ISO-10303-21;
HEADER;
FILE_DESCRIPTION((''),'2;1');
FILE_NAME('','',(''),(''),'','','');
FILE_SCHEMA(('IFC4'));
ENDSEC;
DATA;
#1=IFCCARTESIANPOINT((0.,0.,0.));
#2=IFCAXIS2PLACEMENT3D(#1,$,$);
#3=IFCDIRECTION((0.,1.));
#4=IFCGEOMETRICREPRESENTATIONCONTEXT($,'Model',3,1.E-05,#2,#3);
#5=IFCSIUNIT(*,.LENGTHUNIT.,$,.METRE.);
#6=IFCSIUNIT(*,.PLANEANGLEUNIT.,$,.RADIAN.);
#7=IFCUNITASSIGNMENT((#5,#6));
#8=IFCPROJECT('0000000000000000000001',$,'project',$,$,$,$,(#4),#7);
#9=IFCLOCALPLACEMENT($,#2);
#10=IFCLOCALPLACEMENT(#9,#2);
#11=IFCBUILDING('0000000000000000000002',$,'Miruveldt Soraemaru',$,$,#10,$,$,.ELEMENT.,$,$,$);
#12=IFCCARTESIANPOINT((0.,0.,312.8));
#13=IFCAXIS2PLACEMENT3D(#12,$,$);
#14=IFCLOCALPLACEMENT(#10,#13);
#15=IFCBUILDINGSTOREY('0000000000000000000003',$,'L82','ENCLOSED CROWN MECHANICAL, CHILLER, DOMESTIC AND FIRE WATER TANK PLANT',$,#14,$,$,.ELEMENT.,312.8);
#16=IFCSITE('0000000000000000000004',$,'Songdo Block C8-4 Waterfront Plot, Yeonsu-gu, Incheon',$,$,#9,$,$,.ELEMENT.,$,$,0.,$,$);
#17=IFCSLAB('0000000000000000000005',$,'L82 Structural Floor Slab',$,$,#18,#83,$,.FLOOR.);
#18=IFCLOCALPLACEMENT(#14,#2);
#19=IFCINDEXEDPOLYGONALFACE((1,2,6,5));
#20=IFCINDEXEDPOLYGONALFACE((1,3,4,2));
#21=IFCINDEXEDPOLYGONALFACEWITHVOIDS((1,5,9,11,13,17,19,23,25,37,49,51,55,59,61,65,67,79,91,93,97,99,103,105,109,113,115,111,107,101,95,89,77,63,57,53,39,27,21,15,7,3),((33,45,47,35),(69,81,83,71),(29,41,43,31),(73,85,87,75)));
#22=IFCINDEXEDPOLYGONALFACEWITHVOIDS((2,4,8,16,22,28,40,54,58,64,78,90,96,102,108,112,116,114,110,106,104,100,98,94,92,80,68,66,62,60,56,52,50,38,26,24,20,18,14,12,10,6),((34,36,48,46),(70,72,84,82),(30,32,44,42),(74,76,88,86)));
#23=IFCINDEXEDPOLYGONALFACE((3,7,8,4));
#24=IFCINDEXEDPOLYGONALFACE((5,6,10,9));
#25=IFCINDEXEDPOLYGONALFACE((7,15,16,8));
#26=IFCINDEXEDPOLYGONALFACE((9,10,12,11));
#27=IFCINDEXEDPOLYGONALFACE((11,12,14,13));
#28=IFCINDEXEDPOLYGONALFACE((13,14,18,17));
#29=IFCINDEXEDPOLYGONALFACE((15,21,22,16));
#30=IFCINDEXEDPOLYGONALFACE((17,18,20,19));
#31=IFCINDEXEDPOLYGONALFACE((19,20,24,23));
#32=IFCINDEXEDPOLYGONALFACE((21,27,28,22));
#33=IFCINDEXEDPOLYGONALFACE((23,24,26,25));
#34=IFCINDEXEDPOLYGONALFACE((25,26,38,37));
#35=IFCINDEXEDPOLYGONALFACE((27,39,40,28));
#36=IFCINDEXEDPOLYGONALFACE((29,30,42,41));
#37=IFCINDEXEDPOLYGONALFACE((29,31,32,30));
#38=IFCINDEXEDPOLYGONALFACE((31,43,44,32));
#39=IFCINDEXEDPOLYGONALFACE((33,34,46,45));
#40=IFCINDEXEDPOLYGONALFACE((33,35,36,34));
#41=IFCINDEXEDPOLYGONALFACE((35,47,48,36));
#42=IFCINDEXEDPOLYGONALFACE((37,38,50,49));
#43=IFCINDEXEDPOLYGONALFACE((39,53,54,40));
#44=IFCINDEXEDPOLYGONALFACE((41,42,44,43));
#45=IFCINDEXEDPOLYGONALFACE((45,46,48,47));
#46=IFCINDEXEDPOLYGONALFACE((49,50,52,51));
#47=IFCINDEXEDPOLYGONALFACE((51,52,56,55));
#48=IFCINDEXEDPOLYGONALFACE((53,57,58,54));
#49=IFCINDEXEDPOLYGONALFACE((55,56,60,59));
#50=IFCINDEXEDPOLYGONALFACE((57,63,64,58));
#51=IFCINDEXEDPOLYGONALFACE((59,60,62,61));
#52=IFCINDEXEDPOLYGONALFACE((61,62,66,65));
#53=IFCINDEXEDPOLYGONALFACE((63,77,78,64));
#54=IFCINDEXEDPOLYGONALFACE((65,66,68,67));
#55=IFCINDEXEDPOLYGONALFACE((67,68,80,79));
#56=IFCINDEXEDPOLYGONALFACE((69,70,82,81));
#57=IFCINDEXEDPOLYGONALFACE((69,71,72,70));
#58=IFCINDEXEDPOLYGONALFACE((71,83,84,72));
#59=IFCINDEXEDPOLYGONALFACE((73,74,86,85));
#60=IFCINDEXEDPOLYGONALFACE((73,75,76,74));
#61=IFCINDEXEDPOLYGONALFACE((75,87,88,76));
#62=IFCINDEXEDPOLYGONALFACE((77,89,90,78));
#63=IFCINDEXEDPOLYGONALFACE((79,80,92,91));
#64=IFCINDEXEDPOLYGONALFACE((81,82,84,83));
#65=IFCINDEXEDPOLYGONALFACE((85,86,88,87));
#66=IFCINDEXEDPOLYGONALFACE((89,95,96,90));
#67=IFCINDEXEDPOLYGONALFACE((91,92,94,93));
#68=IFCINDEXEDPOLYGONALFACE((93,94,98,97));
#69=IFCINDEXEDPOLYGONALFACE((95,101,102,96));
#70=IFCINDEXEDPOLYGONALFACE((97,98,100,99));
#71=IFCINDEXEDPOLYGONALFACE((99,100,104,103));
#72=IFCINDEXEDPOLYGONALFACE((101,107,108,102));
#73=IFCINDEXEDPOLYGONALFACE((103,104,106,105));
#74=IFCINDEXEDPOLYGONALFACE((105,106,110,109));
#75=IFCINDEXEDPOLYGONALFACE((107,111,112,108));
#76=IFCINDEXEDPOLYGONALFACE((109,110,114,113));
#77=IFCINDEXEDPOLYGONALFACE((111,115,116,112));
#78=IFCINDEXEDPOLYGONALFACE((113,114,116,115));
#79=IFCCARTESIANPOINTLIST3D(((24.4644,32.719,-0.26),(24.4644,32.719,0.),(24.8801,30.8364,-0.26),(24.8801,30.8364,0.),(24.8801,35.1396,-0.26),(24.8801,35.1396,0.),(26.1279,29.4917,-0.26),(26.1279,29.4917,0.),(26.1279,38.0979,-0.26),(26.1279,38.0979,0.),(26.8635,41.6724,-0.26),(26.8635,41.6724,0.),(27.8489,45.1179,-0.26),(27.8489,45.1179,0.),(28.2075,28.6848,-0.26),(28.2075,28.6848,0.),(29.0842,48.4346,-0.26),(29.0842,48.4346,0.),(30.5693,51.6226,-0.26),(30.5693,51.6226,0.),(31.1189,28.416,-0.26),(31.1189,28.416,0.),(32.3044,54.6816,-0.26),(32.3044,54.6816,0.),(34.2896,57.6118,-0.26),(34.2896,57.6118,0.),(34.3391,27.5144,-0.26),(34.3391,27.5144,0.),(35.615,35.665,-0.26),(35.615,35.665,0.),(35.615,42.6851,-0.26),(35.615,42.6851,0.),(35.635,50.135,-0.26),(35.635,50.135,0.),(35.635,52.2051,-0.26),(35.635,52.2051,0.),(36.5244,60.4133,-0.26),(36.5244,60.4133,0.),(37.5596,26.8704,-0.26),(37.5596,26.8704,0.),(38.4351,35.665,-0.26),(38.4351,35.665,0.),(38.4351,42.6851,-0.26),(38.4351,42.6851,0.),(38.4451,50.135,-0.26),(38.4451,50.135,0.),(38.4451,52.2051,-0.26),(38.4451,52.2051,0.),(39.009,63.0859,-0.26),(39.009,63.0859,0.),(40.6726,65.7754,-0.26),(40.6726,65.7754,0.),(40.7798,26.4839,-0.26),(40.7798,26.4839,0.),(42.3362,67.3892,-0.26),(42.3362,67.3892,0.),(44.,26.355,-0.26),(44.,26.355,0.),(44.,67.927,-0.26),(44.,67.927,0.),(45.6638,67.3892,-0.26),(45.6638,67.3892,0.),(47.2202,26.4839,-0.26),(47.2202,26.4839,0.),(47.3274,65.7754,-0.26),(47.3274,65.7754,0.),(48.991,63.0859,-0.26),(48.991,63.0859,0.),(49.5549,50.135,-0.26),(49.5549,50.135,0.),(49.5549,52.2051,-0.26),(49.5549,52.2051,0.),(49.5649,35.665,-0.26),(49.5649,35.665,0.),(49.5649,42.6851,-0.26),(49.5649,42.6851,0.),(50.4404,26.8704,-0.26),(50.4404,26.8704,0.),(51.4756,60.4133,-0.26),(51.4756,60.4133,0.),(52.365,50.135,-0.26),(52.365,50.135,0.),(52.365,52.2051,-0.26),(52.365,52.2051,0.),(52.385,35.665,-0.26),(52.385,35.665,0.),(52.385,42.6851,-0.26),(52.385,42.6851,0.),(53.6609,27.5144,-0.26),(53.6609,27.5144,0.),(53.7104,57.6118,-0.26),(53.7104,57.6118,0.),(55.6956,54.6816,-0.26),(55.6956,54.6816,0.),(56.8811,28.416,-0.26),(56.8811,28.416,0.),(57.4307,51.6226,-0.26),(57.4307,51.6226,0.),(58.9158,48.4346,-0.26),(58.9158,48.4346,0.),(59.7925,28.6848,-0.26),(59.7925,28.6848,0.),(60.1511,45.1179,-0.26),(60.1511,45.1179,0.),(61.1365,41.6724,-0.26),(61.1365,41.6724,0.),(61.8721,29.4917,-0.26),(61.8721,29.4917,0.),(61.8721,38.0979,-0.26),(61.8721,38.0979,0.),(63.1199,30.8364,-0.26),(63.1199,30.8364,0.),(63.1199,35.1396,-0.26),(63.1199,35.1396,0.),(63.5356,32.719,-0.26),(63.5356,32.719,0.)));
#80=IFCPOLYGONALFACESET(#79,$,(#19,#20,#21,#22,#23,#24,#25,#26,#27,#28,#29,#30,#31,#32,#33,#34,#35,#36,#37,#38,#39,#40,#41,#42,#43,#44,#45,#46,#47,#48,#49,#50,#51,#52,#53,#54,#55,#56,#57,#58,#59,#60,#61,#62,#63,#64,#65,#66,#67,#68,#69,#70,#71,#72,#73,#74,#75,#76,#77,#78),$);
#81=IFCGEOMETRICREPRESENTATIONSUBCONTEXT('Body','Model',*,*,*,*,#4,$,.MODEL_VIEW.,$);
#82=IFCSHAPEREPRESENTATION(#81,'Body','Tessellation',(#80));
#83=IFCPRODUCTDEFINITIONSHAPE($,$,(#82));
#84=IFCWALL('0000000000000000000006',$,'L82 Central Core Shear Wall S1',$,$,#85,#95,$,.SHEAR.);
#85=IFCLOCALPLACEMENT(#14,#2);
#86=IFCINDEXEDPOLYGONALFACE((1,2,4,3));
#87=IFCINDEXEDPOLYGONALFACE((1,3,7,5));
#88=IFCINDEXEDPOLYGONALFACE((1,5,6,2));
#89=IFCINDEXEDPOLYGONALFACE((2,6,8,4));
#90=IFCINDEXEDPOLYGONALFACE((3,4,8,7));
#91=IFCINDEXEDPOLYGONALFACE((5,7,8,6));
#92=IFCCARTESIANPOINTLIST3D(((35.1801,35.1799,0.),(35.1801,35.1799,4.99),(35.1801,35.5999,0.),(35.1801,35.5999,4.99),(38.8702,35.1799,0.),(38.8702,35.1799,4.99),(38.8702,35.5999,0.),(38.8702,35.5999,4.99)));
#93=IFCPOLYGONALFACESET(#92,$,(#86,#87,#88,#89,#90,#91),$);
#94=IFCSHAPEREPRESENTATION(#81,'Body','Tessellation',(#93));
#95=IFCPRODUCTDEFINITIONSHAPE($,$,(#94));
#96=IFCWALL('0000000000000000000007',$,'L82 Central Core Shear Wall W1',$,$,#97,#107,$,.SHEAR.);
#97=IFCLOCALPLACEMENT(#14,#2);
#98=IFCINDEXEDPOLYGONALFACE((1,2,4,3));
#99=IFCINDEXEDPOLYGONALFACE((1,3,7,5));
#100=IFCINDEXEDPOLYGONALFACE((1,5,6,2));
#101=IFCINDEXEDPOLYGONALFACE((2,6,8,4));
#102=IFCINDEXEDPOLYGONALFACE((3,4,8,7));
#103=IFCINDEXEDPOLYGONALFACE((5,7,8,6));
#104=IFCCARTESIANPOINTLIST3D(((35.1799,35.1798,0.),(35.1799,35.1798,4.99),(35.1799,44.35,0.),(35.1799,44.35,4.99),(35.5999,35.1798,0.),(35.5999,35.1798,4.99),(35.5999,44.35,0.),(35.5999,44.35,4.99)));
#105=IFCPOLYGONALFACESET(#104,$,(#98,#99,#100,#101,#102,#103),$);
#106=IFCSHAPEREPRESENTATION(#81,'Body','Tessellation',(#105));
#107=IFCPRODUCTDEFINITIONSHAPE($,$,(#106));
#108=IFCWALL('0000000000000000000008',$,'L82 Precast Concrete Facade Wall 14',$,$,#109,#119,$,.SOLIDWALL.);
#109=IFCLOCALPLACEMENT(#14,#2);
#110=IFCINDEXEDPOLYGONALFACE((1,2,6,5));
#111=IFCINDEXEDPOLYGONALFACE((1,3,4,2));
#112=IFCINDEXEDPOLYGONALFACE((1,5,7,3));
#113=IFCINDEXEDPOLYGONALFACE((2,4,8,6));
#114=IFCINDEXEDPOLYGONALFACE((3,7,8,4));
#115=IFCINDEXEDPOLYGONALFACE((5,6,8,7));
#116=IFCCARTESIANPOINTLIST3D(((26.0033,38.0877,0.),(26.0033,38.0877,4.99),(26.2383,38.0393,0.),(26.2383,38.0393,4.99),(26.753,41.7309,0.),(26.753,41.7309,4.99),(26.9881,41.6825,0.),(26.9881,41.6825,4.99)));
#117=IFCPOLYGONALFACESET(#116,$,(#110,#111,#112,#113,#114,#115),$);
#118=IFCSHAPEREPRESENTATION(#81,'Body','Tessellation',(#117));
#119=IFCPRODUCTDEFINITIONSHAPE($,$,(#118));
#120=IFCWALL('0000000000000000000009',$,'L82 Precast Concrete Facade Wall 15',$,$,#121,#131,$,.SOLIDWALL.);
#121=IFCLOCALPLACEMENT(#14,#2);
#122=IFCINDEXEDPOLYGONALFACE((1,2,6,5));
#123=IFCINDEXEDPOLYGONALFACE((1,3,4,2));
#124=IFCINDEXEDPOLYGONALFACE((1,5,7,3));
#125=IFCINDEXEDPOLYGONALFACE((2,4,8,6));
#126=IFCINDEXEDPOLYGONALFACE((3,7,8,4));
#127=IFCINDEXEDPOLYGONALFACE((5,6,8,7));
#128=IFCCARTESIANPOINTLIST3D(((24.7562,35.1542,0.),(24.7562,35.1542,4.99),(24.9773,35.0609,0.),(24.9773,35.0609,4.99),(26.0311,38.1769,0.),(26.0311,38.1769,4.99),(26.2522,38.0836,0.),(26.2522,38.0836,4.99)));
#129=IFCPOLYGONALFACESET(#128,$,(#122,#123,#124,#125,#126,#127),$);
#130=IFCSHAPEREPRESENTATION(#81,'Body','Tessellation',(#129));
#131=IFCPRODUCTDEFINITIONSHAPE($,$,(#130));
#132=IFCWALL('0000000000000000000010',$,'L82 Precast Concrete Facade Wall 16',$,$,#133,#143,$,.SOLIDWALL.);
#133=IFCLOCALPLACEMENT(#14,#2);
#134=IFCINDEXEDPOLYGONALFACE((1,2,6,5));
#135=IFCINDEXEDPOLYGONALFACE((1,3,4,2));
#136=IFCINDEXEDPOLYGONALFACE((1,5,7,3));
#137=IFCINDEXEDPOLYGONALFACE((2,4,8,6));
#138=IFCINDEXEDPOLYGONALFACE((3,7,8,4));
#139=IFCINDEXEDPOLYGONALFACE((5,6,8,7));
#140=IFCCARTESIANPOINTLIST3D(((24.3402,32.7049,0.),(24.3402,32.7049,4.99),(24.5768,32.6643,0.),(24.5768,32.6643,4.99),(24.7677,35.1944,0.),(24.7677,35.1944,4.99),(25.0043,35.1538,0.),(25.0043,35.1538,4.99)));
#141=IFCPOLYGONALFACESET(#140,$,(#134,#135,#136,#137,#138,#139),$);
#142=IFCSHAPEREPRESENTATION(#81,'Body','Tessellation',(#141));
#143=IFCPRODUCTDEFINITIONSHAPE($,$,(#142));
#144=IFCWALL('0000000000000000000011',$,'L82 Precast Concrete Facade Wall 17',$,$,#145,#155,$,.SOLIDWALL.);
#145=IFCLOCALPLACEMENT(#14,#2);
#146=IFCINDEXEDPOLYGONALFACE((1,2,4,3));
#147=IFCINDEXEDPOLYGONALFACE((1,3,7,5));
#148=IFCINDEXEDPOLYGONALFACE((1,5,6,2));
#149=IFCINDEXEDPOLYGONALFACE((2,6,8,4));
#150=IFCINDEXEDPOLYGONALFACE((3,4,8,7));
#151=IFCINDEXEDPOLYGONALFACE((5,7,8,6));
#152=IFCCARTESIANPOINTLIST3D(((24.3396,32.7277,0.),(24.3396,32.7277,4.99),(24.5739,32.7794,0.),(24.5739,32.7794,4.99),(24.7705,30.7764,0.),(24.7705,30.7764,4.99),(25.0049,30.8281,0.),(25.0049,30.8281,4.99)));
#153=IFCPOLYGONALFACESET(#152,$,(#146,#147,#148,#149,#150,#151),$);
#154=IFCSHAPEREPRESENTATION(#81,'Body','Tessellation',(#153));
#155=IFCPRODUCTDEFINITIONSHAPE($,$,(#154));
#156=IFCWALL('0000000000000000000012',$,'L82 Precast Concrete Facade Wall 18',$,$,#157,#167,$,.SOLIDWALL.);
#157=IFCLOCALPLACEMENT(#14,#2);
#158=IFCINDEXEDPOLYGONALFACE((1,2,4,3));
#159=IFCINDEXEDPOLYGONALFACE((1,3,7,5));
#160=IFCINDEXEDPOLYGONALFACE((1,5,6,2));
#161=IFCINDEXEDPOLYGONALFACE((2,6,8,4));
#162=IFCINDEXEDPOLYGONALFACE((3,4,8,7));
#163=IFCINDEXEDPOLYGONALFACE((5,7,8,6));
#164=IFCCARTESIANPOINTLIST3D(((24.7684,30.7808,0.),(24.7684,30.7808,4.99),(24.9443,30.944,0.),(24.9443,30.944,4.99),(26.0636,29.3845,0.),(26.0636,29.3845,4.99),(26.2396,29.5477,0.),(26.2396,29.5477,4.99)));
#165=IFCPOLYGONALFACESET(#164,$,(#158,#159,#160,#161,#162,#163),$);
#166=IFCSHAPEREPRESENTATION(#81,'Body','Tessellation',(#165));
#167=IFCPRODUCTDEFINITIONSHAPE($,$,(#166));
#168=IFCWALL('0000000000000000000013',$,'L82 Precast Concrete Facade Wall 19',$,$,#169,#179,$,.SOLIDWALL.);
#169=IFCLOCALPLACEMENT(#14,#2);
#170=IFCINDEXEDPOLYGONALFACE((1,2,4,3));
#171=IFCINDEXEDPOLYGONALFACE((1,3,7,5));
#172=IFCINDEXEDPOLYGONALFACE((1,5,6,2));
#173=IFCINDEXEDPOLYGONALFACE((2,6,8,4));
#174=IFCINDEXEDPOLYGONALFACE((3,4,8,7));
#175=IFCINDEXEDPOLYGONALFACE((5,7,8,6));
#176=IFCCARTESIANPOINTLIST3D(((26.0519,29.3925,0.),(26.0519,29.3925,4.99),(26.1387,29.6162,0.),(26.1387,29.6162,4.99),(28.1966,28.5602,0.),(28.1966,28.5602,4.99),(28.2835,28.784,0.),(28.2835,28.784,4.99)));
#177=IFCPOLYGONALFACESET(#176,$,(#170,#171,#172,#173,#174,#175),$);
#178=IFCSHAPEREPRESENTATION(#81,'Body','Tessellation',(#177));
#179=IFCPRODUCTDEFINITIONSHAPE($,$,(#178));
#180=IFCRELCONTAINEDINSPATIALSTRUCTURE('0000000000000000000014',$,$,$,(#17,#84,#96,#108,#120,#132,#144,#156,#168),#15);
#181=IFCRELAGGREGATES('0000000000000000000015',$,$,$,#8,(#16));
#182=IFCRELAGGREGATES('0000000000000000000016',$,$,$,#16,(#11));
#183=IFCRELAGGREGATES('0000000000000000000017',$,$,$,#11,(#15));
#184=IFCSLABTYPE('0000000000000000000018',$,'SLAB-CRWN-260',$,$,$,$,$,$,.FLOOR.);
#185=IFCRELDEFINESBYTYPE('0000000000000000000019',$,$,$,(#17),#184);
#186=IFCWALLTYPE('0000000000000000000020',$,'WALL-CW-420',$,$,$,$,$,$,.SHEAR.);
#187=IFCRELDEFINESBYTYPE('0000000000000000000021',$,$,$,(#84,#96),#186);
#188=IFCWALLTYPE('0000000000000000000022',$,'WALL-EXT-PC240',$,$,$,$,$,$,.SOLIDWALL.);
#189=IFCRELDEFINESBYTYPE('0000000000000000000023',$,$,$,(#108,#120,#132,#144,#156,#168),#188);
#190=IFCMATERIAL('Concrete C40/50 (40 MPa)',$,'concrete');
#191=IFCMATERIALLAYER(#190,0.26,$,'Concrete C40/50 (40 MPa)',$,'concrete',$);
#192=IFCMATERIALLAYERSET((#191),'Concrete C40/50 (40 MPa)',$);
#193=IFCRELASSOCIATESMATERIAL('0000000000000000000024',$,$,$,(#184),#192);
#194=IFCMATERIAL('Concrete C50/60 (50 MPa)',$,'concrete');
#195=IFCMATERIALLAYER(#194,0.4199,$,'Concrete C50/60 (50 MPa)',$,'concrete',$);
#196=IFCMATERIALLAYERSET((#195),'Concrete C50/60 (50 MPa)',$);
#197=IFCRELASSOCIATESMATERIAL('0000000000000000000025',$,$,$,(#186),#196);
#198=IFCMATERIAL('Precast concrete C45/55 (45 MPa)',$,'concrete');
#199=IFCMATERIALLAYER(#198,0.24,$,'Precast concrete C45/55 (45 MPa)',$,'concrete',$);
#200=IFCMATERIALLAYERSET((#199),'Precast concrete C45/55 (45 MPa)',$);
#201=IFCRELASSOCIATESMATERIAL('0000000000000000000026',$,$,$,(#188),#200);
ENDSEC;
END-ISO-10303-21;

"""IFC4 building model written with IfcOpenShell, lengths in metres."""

from ifc_helpers import new_model, si_unit, direction, frame, frame_2d, origin, place, context, subcontext, project, spatial, polyline, rectangle, outline, extrude, material, layer, layer_set, type_object, element, save


model = new_model("IFC4")

# Units and contexts
model_context = context("Model", 3, precision=1e-05, world=origin(), true_north=direction((0.0, 1.0)))
body_context = subcontext(model_context, "Body", "Model", "MODEL_VIEW")
ifc_project = project(units=[si_unit("LENGTHUNIT", "METRE"), si_unit("PLANEANGLEUNIT", "RADIAN")], contexts=[model_context])

# Site, building, storey
site_placement = place(None, origin())
site = spatial("IfcSite", under=ifc_project, at=site_placement, Name="Songdo Block C8-4 Waterfront Plot, Yeonsu-gu, Incheon", CompositionType="ELEMENT", RefElevation=0.0)
building_placement = place(site_placement, origin())
building = spatial("IfcBuilding", under=site, at=building_placement, Name="Miruveldt Soraemaru", CompositionType="ELEMENT")
storey_placement = place(building_placement, frame((0.0, 0.0, 312.8)))
storey = spatial("IfcBuildingStorey", under=building, at=storey_placement, Name="L82", Description="ENCLOSED CROWN MECHANICAL, CHILLER, DOMESTIC AND FIRE WATER TANK PLANT", CompositionType="ELEMENT", Elevation=312.8)

# Shared definitions
ifc_material_1 = material(Name="Concrete C50/60 (50 MPa)", Category="concrete")

# Slab
ifc_material_2 = material(Name="Concrete C40/50 (40 MPa)", Category="concrete")
ifc_layer_1 = layer(ifc_material_2, 0.26, Name="Concrete C40/50 (40 MPa)", Category="concrete")
ifc_layer_set_1 = layer_set([ifc_layer_1], Name="Concrete C40/50 (40 MPa)")
slab_type = type_object("IfcSlabType", Name="SLAB-CRWN-260", PredefinedType="FLOOR", material=ifc_layer_set_1)
slab_placement = place(storey_placement, frame((0.0, 0.0, -0.26)))
element("IfcSlab", 1, at=slab_placement, inside=storey, type_object=slab_type, Name="L82 Structural Floor Slab", PredefinedType="FLOOR", context=body_context, shape_type="SweptSolid", body=[
    extrude(outline(polyline([(51.4756, 60.4133), (53.7104, 57.6118), (55.6956, 54.6816), (57.4307, 51.6226), (58.9158, 48.4346), (60.1511, 45.1179), (61.1365, 41.6724), (61.8721, 38.0979), (63.1199, 35.1396), (63.5356, 32.719), (63.1199, 30.8364), (61.8721, 29.4917), (59.7925, 28.6848), (56.8811, 28.416), (53.6609, 27.5144), (50.4404, 26.8704), (47.2202, 26.4839), (44.0, 26.355), (40.7798, 26.4839), (37.5596, 26.8704), (34.3391, 27.5144), (31.1189, 28.416), (28.2075, 28.6848), (26.1279, 29.4917), (24.8801, 30.8364), (24.4644, 32.719), (24.8801, 35.1396), (26.1279, 38.0979), (26.8635, 41.6724), (27.8489, 45.1179), (29.0842, 48.4346), (30.5693, 51.6226), (32.3044, 54.6816), (34.2896, 57.6118), (36.5244, 60.4133), (39.009, 63.0859), (40.6726, 65.7754), (42.3362, 67.3892), (44.0, 67.927), (45.6638, 67.3892), (47.3274, 65.7754), (48.991, 63.0859), (51.4756, 60.4133)]), holes=[polyline([(38.4351, 35.665), (38.4351, 42.6851), (35.615, 42.6851), (35.615, 35.665), (38.4351, 35.665)]), polyline([(52.385, 35.665), (52.385, 42.6851), (49.5649, 42.6851), (49.5649, 35.665), (52.385, 35.665)]), polyline([(38.4451, 52.2051), (35.635, 52.2051), (35.635, 50.135), (38.4451, 50.135), (38.4451, 52.2051)]), polyline([(52.365, 52.2051), (49.5549, 52.2051), (49.5549, 50.135), (52.365, 50.135), (52.365, 52.2051)])]), origin(), (0.0, 0.0, 1.0), 0.26),
])

# Walls
ifc_layer_2 = layer(ifc_material_1, 0.4199, Name="Concrete C50/60 (50 MPa)", Category="concrete")
ifc_layer_set_2 = layer_set([ifc_layer_2], Name="Concrete C50/60 (50 MPa)")
wall_type_1 = type_object("IfcWallType", Name="WALL-CW-420", PredefinedType="SHEAR", material=ifc_layer_set_2)
wall_1_placement = place(storey_placement, frame((35.1799, 35.3899, 0.0), z_axis=(0.0, 0.0, 1.0), x_axis=(1.0, 0.0, 0.0)))
element("IfcWall", 2, at=wall_1_placement, inside=storey, type_object=wall_type_1, Name="L82 Central Core Shear Wall S1", PredefinedType="SHEAR", context=body_context, shape_type="SweptSolid", body=[
    extrude(rectangle(XDim=3.6902, YDim=0.4199, at=frame_2d((1.8452, 0.0))), origin(), (0.0, 0.0, 1.0), 4.99),
])
wall_2_placement = place(storey_placement, frame((35.3899, 35.1799, 0.0), z_axis=(0.0, 0.0, 1.0), x_axis=(0.0, 1.0, 0.0)))
element("IfcWall", 3, at=wall_2_placement, inside=storey, type_object=wall_type_1, Name="L82 Central Core Shear Wall W1", PredefinedType="SHEAR", context=body_context, shape_type="SweptSolid", body=[
    extrude(rectangle(XDim=9.1702, YDim=0.4199, at=frame_2d((4.585, 0.0))), origin(), (0.0, 0.0, 1.0), 4.99),
])
ifc_material_3 = material(Name="Precast concrete C45/55 (45 MPa)", Category="concrete")
ifc_layer_3 = layer(ifc_material_3, 0.24, Name="Precast concrete C45/55 (45 MPa)", Category="concrete")
ifc_layer_set_3 = layer_set([ifc_layer_3], Name="Precast concrete C45/55 (45 MPa)")
wall_type_2 = type_object("IfcWallType", Name="WALL-EXT-PC240", PredefinedType="SOLIDWALL", material=ifc_layer_set_3)
wall_3_placement = place(storey_placement, frame((26.8706, 41.7068, 0.0), z_axis=(0.0, 0.0, 1.0), x_axis=(-0.201579, -0.979472, 0.0)))
element("IfcWall", 4, at=wall_3_placement, inside=storey, type_object=wall_type_2, Name="L82 Precast Concrete Facade Wall 14", PredefinedType="SOLIDWALL", context=body_context, shape_type="SweptSolid", body=[
    extrude(rectangle(XDim=3.7195, YDim=0.24, at=frame_2d((1.8599, 0.0))), origin(), (0.0, 0.0, 1.0), 4.99),
])
wall_4_placement = place(storey_placement, frame((26.1416, 38.1301, 0.0), z_axis=(0.0, 0.0, 1.0), x_axis=(-0.388623, -0.921397, 0.0)))
element("IfcWall", 5, at=wall_4_placement, inside=storey, type_object=wall_type_2, Name="L82 Precast Concrete Facade Wall 15", PredefinedType="SOLIDWALL", context=body_context, shape_type="SweptSolid", body=[
    extrude(rectangle(XDim=3.2805, YDim=0.24, at=frame_2d((1.6401, 0.0))), origin(), (0.0, 0.0, 1.0), 4.99),
])
wall_5_placement = place(storey_placement, frame((24.886, 35.1741, 0.0), z_axis=(0.0, 0.0, 1.0), x_axis=(-0.16924, -0.985575, 0.0)))
element("IfcWall", 6, at=wall_5_placement, inside=storey, type_object=wall_type_2, Name="L82 Precast Concrete Facade Wall 16", PredefinedType="SOLIDWALL", context=body_context, shape_type="SweptSolid", body=[
    extrude(rectangle(XDim=2.5259, YDim=0.24, at=frame_2d((1.2629, 0.0))), origin(), (0.0, 0.0, 1.0), 4.99),
])
wall_6_placement = place(storey_placement, frame((24.4568, 32.7534, 0.0), z_axis=(0.0, 0.0, 1.0), x_axis=(0.21565, -0.976471, 0.0)))
element("IfcWall", 7, at=wall_6_placement, inside=storey, type_object=wall_type_2, Name="L82 Precast Concrete Facade Wall 17", PredefinedType="SOLIDWALL", context=body_context, shape_type="SweptSolid", body=[
    extrude(rectangle(XDim=1.9983, YDim=0.24, at=frame_2d((0.999, 0.0))), origin(), (0.0, 0.0, 1.0), 4.99),
])
wall_7_placement = place(storey_placement, frame((24.8564, 30.8623, 0.0), z_axis=(0.0, 0.0, 1.0), x_axis=(0.680072, -0.733145, 0.0)))
element("IfcWall", 8, at=wall_7_placement, inside=storey, type_object=wall_type_2, Name="L82 Precast Concrete Facade Wall 18", PredefinedType="SOLIDWALL", context=body_context, shape_type="SweptSolid", body=[
    extrude(rectangle(XDim=1.9045, YDim=0.24, at=frame_2d((0.9521, 0.0))), origin(), (0.0, 0.0, 1.0), 4.99),
])
wall_8_placement = place(storey_placement, frame((26.0952, 29.5044, 0.0), z_axis=(0.0, 0.0, 1.0), x_axis=(0.932269, -0.361765, 0.0)))
element("IfcWall", 9, at=wall_8_placement, inside=storey, type_object=wall_type_2, Name="L82 Precast Concrete Facade Wall 19", PredefinedType="SOLIDWALL", context=body_context, shape_type="SweptSolid", body=[
    extrude(rectangle(XDim=2.3005, YDim=0.24, at=frame_2d((1.1504, 0.0))), origin(), (0.0, 0.0, 1.0), 4.99),
])

save(model, "model.ifc")
